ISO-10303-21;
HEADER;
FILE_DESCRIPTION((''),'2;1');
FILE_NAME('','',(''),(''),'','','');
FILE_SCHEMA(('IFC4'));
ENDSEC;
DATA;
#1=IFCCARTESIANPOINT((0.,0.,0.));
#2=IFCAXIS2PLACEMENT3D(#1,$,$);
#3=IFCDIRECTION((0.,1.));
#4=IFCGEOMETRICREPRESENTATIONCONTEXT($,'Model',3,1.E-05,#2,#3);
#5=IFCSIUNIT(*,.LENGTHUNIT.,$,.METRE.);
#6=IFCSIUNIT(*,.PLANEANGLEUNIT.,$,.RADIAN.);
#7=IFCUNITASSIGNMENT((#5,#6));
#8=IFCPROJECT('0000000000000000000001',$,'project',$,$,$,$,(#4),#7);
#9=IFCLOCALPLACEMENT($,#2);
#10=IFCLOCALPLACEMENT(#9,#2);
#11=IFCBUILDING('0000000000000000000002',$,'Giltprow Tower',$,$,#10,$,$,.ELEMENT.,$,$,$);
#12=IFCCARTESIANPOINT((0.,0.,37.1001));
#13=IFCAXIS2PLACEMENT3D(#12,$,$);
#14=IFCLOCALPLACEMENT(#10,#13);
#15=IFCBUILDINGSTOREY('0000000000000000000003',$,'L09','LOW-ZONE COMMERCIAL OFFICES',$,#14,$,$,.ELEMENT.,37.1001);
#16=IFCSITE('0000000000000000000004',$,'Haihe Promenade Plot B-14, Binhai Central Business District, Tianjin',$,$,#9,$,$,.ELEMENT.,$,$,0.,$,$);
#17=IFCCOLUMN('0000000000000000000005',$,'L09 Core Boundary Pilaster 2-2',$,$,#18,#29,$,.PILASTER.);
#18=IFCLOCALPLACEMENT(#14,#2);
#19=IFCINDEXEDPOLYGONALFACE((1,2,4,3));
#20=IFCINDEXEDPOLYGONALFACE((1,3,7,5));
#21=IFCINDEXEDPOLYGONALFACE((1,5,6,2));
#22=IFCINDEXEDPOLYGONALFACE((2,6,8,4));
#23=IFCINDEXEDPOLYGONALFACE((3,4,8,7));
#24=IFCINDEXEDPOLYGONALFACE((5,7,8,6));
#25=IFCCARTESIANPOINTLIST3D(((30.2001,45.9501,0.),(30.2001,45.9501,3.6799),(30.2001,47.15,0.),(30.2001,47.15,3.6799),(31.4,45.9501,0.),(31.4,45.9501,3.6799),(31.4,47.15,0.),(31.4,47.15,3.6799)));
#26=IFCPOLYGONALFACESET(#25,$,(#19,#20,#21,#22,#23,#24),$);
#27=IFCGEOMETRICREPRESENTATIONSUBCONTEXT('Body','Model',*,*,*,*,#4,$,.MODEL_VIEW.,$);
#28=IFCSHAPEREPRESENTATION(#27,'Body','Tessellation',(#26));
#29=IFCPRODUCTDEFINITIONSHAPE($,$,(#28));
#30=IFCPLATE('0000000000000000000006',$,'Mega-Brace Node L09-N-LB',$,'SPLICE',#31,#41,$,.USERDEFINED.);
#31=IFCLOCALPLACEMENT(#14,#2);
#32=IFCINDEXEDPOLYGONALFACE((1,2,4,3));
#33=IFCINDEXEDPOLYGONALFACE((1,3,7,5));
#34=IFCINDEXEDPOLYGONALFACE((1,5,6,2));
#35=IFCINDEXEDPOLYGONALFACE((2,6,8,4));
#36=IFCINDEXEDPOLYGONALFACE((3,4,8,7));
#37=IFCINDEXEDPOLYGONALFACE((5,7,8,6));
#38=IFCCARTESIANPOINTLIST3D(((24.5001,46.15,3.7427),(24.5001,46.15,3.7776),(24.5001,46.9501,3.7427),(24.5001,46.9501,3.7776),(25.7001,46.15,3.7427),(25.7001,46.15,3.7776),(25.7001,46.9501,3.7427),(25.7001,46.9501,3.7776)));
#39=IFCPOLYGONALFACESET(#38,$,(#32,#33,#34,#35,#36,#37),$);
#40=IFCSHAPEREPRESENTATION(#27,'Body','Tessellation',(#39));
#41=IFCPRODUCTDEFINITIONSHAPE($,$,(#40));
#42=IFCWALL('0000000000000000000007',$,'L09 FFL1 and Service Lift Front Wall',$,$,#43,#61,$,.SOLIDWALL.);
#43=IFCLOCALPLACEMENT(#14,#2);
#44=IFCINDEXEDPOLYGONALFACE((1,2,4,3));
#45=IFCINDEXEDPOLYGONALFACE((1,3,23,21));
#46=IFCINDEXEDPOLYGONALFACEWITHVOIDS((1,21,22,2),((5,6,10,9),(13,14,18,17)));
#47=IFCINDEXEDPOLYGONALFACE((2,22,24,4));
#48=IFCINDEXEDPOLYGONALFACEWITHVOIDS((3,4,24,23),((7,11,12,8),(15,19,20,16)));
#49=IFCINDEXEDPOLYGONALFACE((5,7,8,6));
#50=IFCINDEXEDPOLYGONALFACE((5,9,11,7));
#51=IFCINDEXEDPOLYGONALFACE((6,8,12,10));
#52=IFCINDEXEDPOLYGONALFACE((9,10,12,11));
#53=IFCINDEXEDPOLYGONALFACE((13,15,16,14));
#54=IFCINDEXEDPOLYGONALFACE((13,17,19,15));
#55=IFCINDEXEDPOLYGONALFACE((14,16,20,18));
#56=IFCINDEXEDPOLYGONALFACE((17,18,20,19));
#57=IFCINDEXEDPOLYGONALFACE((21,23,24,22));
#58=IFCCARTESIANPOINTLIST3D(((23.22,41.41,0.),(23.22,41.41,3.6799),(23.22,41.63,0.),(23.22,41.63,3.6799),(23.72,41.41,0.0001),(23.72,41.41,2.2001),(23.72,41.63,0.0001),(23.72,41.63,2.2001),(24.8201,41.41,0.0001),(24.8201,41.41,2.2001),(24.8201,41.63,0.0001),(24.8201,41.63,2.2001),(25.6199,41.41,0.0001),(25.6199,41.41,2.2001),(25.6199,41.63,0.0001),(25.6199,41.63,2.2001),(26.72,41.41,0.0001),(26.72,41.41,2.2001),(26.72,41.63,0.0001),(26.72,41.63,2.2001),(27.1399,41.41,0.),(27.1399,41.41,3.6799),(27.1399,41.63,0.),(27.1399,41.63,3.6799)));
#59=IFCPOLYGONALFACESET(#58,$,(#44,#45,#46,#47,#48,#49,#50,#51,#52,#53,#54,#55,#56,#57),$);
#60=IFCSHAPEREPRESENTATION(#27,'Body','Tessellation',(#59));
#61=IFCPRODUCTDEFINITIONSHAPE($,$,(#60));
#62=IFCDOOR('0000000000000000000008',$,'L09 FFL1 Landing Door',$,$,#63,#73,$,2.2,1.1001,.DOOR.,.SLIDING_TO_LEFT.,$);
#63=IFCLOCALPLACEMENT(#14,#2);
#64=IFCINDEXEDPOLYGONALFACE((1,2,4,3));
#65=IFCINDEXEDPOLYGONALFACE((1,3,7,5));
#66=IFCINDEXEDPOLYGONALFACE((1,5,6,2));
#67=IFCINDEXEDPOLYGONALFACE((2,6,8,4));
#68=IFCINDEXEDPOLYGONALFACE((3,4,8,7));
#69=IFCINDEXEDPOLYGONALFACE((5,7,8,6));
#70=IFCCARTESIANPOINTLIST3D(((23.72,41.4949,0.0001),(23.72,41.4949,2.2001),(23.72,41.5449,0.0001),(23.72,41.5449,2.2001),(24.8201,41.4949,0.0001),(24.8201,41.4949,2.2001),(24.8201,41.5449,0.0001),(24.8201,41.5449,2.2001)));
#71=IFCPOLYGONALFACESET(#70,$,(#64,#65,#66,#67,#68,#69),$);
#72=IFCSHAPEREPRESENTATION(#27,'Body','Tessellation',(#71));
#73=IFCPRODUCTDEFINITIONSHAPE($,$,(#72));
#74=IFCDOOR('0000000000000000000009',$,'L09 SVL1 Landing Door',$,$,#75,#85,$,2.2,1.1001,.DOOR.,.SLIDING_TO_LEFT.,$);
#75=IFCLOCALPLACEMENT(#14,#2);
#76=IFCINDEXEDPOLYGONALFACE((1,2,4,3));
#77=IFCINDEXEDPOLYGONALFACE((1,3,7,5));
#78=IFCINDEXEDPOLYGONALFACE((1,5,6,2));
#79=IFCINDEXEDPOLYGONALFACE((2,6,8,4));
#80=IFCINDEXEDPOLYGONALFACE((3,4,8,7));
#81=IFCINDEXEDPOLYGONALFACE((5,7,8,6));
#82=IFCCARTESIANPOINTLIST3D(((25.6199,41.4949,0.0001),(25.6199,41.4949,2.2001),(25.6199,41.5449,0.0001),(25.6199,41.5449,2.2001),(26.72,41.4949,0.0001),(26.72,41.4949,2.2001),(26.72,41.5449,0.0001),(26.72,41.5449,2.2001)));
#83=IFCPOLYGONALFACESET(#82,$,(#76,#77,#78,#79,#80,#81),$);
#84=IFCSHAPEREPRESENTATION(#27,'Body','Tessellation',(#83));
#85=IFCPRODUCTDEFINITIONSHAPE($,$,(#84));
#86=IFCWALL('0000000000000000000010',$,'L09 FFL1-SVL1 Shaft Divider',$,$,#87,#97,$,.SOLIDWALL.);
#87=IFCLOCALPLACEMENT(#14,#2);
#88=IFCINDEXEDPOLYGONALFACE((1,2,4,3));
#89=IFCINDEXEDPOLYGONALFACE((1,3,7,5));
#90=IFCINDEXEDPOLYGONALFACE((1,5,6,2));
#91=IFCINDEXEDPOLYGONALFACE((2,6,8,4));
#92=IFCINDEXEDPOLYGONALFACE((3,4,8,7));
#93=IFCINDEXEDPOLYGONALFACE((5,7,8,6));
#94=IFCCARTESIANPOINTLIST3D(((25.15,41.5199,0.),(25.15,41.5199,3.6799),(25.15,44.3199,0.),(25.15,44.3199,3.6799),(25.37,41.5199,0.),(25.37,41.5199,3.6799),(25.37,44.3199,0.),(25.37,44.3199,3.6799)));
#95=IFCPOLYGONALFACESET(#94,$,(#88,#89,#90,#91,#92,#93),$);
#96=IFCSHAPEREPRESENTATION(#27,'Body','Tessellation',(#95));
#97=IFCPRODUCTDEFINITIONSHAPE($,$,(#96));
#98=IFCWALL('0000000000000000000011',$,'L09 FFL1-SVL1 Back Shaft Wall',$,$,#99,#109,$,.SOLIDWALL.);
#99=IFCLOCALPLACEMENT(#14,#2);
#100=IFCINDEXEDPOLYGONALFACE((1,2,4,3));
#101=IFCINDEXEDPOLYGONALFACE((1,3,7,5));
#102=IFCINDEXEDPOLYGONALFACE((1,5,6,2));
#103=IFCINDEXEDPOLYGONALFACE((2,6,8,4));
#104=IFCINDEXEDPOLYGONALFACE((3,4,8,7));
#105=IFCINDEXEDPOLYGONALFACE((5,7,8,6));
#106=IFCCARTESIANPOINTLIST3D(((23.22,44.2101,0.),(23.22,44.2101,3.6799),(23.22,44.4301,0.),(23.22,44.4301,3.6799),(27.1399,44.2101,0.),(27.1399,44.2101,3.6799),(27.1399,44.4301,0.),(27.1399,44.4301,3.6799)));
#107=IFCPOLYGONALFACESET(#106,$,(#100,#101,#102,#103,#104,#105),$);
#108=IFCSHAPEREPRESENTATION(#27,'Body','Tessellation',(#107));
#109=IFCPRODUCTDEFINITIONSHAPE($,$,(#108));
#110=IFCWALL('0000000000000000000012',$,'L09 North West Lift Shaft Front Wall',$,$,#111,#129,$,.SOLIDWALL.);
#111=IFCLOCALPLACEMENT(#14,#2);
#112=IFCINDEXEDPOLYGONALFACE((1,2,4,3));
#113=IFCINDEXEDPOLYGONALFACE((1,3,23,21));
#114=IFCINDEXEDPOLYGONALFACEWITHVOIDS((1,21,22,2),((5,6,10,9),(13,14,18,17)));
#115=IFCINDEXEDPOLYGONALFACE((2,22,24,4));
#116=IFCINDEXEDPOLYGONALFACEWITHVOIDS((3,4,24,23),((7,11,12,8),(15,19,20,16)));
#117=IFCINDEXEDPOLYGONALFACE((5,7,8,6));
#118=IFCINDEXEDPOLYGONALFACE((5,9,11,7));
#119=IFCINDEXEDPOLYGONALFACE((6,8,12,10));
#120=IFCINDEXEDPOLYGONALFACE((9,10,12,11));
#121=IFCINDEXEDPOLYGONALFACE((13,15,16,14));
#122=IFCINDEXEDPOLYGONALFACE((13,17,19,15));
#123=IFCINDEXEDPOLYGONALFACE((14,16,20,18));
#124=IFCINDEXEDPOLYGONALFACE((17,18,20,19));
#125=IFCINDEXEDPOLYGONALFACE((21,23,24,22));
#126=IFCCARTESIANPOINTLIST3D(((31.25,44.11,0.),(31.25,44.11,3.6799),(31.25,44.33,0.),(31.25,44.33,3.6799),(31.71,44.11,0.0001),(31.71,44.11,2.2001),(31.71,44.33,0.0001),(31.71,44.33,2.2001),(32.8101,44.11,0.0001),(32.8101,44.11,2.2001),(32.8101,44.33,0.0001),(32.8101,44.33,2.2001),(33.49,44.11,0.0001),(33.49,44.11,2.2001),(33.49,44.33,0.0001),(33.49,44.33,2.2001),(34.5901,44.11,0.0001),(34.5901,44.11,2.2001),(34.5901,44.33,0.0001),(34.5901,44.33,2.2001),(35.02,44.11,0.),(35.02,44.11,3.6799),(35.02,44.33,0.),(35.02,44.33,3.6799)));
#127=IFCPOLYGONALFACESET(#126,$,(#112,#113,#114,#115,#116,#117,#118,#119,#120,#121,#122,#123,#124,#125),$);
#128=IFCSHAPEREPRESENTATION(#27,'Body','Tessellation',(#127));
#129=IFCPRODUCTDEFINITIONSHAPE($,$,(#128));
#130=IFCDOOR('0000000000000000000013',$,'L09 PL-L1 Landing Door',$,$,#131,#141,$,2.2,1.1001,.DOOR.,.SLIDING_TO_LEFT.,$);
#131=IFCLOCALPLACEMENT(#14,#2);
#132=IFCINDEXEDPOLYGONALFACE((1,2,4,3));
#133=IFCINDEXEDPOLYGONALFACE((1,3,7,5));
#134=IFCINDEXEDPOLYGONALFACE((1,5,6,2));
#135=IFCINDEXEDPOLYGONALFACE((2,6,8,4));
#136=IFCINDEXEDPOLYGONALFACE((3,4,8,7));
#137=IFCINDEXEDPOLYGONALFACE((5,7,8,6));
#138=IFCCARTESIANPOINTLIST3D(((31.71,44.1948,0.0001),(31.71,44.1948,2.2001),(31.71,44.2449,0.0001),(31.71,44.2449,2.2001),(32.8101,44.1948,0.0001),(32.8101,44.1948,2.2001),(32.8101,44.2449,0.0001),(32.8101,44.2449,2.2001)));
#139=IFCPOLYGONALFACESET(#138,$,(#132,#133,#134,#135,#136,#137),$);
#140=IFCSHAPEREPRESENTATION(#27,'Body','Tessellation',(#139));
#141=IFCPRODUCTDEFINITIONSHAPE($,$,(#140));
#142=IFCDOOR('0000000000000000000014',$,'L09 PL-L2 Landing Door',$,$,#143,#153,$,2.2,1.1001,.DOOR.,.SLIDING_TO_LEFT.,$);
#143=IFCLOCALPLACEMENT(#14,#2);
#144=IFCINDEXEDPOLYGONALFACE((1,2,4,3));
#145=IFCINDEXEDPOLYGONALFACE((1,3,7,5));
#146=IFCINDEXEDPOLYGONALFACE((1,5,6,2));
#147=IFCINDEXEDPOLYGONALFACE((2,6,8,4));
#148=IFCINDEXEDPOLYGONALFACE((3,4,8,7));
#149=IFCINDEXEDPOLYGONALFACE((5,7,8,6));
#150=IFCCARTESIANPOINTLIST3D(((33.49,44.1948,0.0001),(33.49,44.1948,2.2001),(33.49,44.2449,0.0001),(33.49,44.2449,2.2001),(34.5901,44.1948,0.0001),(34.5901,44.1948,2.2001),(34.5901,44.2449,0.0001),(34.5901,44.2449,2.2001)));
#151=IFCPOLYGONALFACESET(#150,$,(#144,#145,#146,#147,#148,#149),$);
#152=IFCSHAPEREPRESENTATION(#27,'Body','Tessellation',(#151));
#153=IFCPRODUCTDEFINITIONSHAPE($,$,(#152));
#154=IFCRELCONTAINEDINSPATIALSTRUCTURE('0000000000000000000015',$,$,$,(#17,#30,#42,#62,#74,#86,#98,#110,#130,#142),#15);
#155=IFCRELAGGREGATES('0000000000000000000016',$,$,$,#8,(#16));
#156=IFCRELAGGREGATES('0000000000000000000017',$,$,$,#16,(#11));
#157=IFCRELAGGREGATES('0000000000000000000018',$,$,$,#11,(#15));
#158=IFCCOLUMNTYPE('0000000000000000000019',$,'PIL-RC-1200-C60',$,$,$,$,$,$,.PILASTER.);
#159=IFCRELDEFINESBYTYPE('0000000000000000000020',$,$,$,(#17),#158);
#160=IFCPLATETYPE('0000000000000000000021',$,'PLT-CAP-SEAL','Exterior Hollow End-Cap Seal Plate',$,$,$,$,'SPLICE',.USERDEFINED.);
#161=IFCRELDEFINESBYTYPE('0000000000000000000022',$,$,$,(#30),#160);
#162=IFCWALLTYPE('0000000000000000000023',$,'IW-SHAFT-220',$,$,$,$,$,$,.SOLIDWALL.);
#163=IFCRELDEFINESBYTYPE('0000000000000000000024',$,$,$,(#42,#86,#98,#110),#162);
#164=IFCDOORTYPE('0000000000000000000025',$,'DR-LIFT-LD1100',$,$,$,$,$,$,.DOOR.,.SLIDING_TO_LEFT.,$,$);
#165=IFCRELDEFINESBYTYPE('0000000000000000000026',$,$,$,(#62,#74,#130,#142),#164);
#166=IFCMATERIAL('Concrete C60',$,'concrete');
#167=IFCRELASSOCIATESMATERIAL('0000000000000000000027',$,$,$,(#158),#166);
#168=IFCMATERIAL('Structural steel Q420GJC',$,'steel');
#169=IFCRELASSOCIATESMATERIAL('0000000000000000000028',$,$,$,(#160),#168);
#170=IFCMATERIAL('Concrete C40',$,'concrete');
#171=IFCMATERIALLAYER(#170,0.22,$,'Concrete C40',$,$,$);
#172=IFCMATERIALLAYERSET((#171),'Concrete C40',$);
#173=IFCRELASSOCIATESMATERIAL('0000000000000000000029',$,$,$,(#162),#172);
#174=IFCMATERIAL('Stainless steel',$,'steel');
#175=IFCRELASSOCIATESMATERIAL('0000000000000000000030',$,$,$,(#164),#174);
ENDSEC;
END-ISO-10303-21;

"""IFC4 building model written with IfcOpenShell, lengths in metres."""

from ifc_helpers import new_model, si_unit, direction, frame, frame_2d, origin, origin_2d, place, context, subcontext, project, spatial, rectangle, extrude, source, transform, mapped, material, layer, layer_set, material_profile, profile_set, type_object, element, fill, save


model = new_model("IFC4")

# Units and contexts
model_context = context("Model", 3, precision=1e-05, world=origin(), true_north=direction((0.0, 1.0)))
body_context = subcontext(model_context, "Body", "Model", "MODEL_VIEW")
ifc_project = project(units=[si_unit("LENGTHUNIT", "METRE"), si_unit("PLANEANGLEUNIT", "RADIAN")], contexts=[model_context])

# Site, building, storey
site_placement = place(None, origin())
site = spatial("IfcSite", under=ifc_project, at=site_placement, Name="Haihe Promenade Plot B-14, Binhai Central Business District, Tianjin", CompositionType="ELEMENT", RefElevation=0.0)
building_placement = place(site_placement, origin())
building = spatial("IfcBuilding", under=site, at=building_placement, Name="Giltprow Tower", CompositionType="ELEMENT")
storey_placement = place(building_placement, frame((0.0, 0.0, 37.1001)))
storey = spatial("IfcBuildingStorey", under=building, at=storey_placement, Name="L09", Description="LOW-ZONE COMMERCIAL OFFICES", CompositionType="ELEMENT", Elevation=37.1001)

# Column
ifc_material_1 = material(Name="Concrete C60", Category="concrete")
ifc_material_profile = material_profile(ifc_material_1, rectangle(XDim=1.2, YDim=1.2, at=origin_2d()), Name="RC 1200x1200")
ifc_profile_set = profile_set([ifc_material_profile], Name="Concrete C60")
column_type = type_object("IfcColumnType", Name="PIL-RC-1200-C60", PredefinedType="PILASTER", material=ifc_profile_set)
shared_shape_1 = source(origin(), body_context, "Body", "SweptSolid", [
    extrude(rectangle(XDim=1.2, YDim=1.2, at=origin_2d()), origin(), (0.0, 0.0, 1.0), 3.6799),
])
column_placement = place(storey_placement, frame((30.8, 46.55, 0.0), z_axis=(0.0, 0.0, 1.0), x_axis=(1.0, 0.0, 0.0)))
element("IfcColumn", 1, at=column_placement, inside=storey, type_object=column_type, Name="L09 Core Boundary Pilaster 2-2", PredefinedType="PILASTER", context=body_context, shape_type="MappedRepresentation", body=[
    mapped(shared_shape_1, transform((0.0, 0.0, 0.0), x_axis=(1.0, 0.0, 0.0), y_axis=(0.0, 1.0, 0.0), z_axis=(0.0, 0.0, 1.0), scale=1.0)),
])

# Plate
ifc_material_2 = material(Name="Structural steel Q420GJC", Category="steel")
plate_type = type_object("IfcPlateType", Name="PLT-CAP-SEAL", Description="Exterior Hollow End-Cap Seal Plate", ElementType="SPLICE", PredefinedType="USERDEFINED", material=ifc_material_2)
shared_shape_2 = source(origin(), body_context, "Body", "SweptSolid", [
    extrude(rectangle(XDim=1.2, YDim=0.8, at=origin_2d()), origin(), (0.0, 0.0, 1.0), 0.0349),
])
plate_placement = place(storey_placement, frame((25.1001, 46.55, 3.7427), z_axis=(0.0, 0.0, 1.0), x_axis=(1.0, 0.0, 0.0)))
element("IfcPlate", 2, at=plate_placement, inside=storey, type_object=plate_type, Name="Mega-Brace Node L09-N-LB", ObjectType="SPLICE", PredefinedType="USERDEFINED", context=body_context, shape_type="MappedRepresentation", body=[
    mapped(shared_shape_2, transform((0.0, 0.0, 0.0), x_axis=(1.0, 0.0, 0.0), y_axis=(0.0, 1.0, 0.0), z_axis=(0.0, 0.0, 1.0), scale=1.0)),
])

# Wall, openings, doors
ifc_material_3 = material(Name="Concrete C40", Category="concrete")
ifc_layer_1 = layer(ifc_material_3, 0.22, Name="Concrete C40")
ifc_layer_set_1 = layer_set([ifc_layer_1], Name="Concrete C40")
wall_type_1 = type_object("IfcWallType", Name="IW-SHAFT-220", PredefinedType="SOLIDWALL", material=ifc_layer_set_1)
wall_1_placement = place(storey_placement, frame((23.22, 41.52, 0.0), z_axis=(0.0, 0.0, 1.0), x_axis=(1.0, 0.0, 0.0)))
wall_1 = element("IfcWall", 3, at=wall_1_placement, inside=storey, type_object=wall_type_1, Name="L09 FFL1 and Service Lift Front Wall", PredefinedType="SOLIDWALL", context=body_context, shape_type="SweptSolid", body=[
    extrude(rectangle(XDim=3.9199, YDim=0.22, at=frame_2d((1.96, 0.0))), origin(), (0.0, 0.0, 1.0), 3.6799),
])
opening_1_placement = place(wall_1_placement, frame((0.5, 0.0, 0.0)))
opening_1 = element("IfcOpeningElement", 4, at=opening_1_placement, cuts=wall_1, PredefinedType="OPENING", context=body_context, shape_type="SweptSolid", body=[
    extrude(rectangle(XDim=1.1001, YDim=2.2, at=frame_2d((0.55, 1.1001))), frame((0.0, 0.1199, 0.0), z_axis=(0.0, -1.0, 0.0), x_axis=(1.0, 0.0, 0.0)), (0.0, 0.0, 1.0), 0.24),
])
opening_2_placement = place(wall_1_placement, frame((2.3999, 0.0, 0.0)))
opening_2 = element("IfcOpeningElement", 5, at=opening_2_placement, cuts=wall_1, PredefinedType="OPENING", context=body_context, shape_type="SweptSolid", body=[
    extrude(rectangle(XDim=1.1001, YDim=2.2, at=frame_2d((0.55, 1.1001))), frame((0.0, 0.1199, 0.0), z_axis=(0.0, -1.0, 0.0), x_axis=(1.0, 0.0, 0.0)), (0.0, 0.0, 1.0), 0.24),
])
ifc_material_4 = material(Name="Stainless steel", Category="steel")
door_type = type_object("IfcDoorType", Name="DR-LIFT-LD1100", OperationType="SLIDING_TO_LEFT", PredefinedType="DOOR", material=ifc_material_4)
shared_shape_3 = source(origin(), body_context, "Body", "SweptSolid", [
    extrude(rectangle(XDim=1.1001, YDim=2.2, at=frame_2d((0.55, 1.1001))), frame((0.0, 0.0249, 0.0), z_axis=(0.0, -1.0, 0.0), x_axis=(1.0, 0.0, 0.0)), (0.0, 0.0, 1.0), 0.05),
])
door_1_placement = place(opening_1_placement, origin())
door_1 = element("IfcDoor", 6, at=door_1_placement, inside=storey, type_object=door_type, Name="L09 FFL1 Landing Door", OperationType="SLIDING_TO_LEFT", OverallHeight=2.2, OverallWidth=1.1001, PredefinedType="DOOR", context=body_context, shape_type="MappedRepresentation", body=[
    mapped(shared_shape_3, transform((0.0, 0.0, 0.0), x_axis=(1.0, 0.0, 0.0), y_axis=(0.0, 1.0, 0.0), z_axis=(0.0, 0.0, 1.0), scale=1.0)),
])
fill(opening_1, door_1)
door_2_placement = place(opening_2_placement, origin())
door_2 = element("IfcDoor", 7, at=door_2_placement, inside=storey, type_object=door_type, Name="L09 SVL1 Landing Door", OperationType="SLIDING_TO_LEFT", OverallHeight=2.2, OverallWidth=1.1001, PredefinedType="DOOR", context=body_context, shape_type="MappedRepresentation", body=[
    mapped(shared_shape_3, transform((0.0, 0.0, 0.0), x_axis=(1.0, 0.0, 0.0), y_axis=(0.0, 1.0, 0.0), z_axis=(0.0, 0.0, 1.0), scale=1.0)),
])
fill(opening_2, door_2)

# Walls
wall_2_placement = place(storey_placement, frame((25.26, 41.52, 0.0), z_axis=(0.0, 0.0, 1.0), x_axis=(0.0, 1.0, 0.0)))
element("IfcWall", 8, at=wall_2_placement, inside=storey, type_object=wall_type_1, Name="L09 FFL1-SVL1 Shaft Divider", PredefinedType="SOLIDWALL", context=body_context, shape_type="SweptSolid", body=[
    extrude(rectangle(XDim=2.8, YDim=0.22, at=frame_2d((1.3999, 0.0))), origin(), (0.0, 0.0, 1.0), 3.6799),
])
wall_3_placement = place(storey_placement, frame((23.22, 44.3201, 0.0), z_axis=(0.0, 0.0, 1.0), x_axis=(1.0, 0.0, 0.0)))
element("IfcWall", 9, at=wall_3_placement, inside=storey, type_object=wall_type_1, Name="L09 FFL1-SVL1 Back Shaft Wall", PredefinedType="SOLIDWALL", context=body_context, shape_type="SweptSolid", body=[
    extrude(rectangle(XDim=3.9199, YDim=0.22, at=frame_2d((1.96, 0.0))), origin(), (0.0, 0.0, 1.0), 3.6799),
])

# Wall, openings, doors
wall_4_placement = place(storey_placement, frame((31.25, 44.22, 0.0), z_axis=(0.0, 0.0, 1.0), x_axis=(1.0, 0.0, 0.0)))
wall_4 = element("IfcWall", 10, at=wall_4_placement, inside=storey, type_object=wall_type_1, Name="L09 North West Lift Shaft Front Wall", PredefinedType="SOLIDWALL", context=body_context, shape_type="SweptSolid", body=[
    extrude(rectangle(XDim=3.77, YDim=0.22, at=frame_2d((1.885, 0.0))), origin(), (0.0, 0.0, 1.0), 3.6799),
])
opening_3_placement = place(wall_4_placement, frame((0.46, 0.0, 0.0)))
opening_3 = element("IfcOpeningElement", 11, at=opening_3_placement, cuts=wall_4, PredefinedType="OPENING", context=body_context, shape_type="SweptSolid", body=[
    extrude(rectangle(XDim=1.1001, YDim=2.2, at=frame_2d((0.55, 1.1001))), frame((0.0, 0.1199, 0.0), z_axis=(0.0, -1.0, 0.0), x_axis=(1.0, 0.0, 0.0)), (0.0, 0.0, 1.0), 0.24),
])
opening_4_placement = place(wall_4_placement, frame((2.24, 0.0, 0.0)))
opening_4 = element("IfcOpeningElement", 12, at=opening_4_placement, cuts=wall_4, PredefinedType="OPENING", context=body_context, shape_type="SweptSolid", body=[
    extrude(rectangle(XDim=1.1001, YDim=2.2, at=frame_2d((0.55, 1.1001))), frame((0.0, 0.1199, 0.0), z_axis=(0.0, -1.0, 0.0), x_axis=(1.0, 0.0, 0.0)), (0.0, 0.0, 1.0), 0.24),
])
door_3_placement = place(opening_3_placement, origin())
door_3 = element("IfcDoor", 13, at=door_3_placement, inside=storey, type_object=door_type, Name="L09 PL-L1 Landing Door", OperationType="SLIDING_TO_LEFT", OverallHeight=2.2, OverallWidth=1.1001, PredefinedType="DOOR", context=body_context, shape_type="MappedRepresentation", body=[
    mapped(shared_shape_3, transform((0.0, 0.0, 0.0), x_axis=(1.0, 0.0, 0.0), y_axis=(0.0, 1.0, 0.0), z_axis=(0.0, 0.0, 1.0), scale=1.0)),
])
fill(opening_3, door_3)
door_4_placement = place(opening_4_placement, origin())
door_4 = element("IfcDoor", 14, at=door_4_placement, inside=storey, type_object=door_type, Name="L09 PL-L2 Landing Door", OperationType="SLIDING_TO_LEFT", OverallHeight=2.2, OverallWidth=1.1001, PredefinedType="DOOR", context=body_context, shape_type="MappedRepresentation", body=[
    mapped(shared_shape_3, transform((0.0, 0.0, 0.0), x_axis=(1.0, 0.0, 0.0), y_axis=(0.0, 1.0, 0.0), z_axis=(0.0, 0.0, 1.0), scale=1.0)),
])
fill(opening_4, door_4)

save(model, "model.ifc")
